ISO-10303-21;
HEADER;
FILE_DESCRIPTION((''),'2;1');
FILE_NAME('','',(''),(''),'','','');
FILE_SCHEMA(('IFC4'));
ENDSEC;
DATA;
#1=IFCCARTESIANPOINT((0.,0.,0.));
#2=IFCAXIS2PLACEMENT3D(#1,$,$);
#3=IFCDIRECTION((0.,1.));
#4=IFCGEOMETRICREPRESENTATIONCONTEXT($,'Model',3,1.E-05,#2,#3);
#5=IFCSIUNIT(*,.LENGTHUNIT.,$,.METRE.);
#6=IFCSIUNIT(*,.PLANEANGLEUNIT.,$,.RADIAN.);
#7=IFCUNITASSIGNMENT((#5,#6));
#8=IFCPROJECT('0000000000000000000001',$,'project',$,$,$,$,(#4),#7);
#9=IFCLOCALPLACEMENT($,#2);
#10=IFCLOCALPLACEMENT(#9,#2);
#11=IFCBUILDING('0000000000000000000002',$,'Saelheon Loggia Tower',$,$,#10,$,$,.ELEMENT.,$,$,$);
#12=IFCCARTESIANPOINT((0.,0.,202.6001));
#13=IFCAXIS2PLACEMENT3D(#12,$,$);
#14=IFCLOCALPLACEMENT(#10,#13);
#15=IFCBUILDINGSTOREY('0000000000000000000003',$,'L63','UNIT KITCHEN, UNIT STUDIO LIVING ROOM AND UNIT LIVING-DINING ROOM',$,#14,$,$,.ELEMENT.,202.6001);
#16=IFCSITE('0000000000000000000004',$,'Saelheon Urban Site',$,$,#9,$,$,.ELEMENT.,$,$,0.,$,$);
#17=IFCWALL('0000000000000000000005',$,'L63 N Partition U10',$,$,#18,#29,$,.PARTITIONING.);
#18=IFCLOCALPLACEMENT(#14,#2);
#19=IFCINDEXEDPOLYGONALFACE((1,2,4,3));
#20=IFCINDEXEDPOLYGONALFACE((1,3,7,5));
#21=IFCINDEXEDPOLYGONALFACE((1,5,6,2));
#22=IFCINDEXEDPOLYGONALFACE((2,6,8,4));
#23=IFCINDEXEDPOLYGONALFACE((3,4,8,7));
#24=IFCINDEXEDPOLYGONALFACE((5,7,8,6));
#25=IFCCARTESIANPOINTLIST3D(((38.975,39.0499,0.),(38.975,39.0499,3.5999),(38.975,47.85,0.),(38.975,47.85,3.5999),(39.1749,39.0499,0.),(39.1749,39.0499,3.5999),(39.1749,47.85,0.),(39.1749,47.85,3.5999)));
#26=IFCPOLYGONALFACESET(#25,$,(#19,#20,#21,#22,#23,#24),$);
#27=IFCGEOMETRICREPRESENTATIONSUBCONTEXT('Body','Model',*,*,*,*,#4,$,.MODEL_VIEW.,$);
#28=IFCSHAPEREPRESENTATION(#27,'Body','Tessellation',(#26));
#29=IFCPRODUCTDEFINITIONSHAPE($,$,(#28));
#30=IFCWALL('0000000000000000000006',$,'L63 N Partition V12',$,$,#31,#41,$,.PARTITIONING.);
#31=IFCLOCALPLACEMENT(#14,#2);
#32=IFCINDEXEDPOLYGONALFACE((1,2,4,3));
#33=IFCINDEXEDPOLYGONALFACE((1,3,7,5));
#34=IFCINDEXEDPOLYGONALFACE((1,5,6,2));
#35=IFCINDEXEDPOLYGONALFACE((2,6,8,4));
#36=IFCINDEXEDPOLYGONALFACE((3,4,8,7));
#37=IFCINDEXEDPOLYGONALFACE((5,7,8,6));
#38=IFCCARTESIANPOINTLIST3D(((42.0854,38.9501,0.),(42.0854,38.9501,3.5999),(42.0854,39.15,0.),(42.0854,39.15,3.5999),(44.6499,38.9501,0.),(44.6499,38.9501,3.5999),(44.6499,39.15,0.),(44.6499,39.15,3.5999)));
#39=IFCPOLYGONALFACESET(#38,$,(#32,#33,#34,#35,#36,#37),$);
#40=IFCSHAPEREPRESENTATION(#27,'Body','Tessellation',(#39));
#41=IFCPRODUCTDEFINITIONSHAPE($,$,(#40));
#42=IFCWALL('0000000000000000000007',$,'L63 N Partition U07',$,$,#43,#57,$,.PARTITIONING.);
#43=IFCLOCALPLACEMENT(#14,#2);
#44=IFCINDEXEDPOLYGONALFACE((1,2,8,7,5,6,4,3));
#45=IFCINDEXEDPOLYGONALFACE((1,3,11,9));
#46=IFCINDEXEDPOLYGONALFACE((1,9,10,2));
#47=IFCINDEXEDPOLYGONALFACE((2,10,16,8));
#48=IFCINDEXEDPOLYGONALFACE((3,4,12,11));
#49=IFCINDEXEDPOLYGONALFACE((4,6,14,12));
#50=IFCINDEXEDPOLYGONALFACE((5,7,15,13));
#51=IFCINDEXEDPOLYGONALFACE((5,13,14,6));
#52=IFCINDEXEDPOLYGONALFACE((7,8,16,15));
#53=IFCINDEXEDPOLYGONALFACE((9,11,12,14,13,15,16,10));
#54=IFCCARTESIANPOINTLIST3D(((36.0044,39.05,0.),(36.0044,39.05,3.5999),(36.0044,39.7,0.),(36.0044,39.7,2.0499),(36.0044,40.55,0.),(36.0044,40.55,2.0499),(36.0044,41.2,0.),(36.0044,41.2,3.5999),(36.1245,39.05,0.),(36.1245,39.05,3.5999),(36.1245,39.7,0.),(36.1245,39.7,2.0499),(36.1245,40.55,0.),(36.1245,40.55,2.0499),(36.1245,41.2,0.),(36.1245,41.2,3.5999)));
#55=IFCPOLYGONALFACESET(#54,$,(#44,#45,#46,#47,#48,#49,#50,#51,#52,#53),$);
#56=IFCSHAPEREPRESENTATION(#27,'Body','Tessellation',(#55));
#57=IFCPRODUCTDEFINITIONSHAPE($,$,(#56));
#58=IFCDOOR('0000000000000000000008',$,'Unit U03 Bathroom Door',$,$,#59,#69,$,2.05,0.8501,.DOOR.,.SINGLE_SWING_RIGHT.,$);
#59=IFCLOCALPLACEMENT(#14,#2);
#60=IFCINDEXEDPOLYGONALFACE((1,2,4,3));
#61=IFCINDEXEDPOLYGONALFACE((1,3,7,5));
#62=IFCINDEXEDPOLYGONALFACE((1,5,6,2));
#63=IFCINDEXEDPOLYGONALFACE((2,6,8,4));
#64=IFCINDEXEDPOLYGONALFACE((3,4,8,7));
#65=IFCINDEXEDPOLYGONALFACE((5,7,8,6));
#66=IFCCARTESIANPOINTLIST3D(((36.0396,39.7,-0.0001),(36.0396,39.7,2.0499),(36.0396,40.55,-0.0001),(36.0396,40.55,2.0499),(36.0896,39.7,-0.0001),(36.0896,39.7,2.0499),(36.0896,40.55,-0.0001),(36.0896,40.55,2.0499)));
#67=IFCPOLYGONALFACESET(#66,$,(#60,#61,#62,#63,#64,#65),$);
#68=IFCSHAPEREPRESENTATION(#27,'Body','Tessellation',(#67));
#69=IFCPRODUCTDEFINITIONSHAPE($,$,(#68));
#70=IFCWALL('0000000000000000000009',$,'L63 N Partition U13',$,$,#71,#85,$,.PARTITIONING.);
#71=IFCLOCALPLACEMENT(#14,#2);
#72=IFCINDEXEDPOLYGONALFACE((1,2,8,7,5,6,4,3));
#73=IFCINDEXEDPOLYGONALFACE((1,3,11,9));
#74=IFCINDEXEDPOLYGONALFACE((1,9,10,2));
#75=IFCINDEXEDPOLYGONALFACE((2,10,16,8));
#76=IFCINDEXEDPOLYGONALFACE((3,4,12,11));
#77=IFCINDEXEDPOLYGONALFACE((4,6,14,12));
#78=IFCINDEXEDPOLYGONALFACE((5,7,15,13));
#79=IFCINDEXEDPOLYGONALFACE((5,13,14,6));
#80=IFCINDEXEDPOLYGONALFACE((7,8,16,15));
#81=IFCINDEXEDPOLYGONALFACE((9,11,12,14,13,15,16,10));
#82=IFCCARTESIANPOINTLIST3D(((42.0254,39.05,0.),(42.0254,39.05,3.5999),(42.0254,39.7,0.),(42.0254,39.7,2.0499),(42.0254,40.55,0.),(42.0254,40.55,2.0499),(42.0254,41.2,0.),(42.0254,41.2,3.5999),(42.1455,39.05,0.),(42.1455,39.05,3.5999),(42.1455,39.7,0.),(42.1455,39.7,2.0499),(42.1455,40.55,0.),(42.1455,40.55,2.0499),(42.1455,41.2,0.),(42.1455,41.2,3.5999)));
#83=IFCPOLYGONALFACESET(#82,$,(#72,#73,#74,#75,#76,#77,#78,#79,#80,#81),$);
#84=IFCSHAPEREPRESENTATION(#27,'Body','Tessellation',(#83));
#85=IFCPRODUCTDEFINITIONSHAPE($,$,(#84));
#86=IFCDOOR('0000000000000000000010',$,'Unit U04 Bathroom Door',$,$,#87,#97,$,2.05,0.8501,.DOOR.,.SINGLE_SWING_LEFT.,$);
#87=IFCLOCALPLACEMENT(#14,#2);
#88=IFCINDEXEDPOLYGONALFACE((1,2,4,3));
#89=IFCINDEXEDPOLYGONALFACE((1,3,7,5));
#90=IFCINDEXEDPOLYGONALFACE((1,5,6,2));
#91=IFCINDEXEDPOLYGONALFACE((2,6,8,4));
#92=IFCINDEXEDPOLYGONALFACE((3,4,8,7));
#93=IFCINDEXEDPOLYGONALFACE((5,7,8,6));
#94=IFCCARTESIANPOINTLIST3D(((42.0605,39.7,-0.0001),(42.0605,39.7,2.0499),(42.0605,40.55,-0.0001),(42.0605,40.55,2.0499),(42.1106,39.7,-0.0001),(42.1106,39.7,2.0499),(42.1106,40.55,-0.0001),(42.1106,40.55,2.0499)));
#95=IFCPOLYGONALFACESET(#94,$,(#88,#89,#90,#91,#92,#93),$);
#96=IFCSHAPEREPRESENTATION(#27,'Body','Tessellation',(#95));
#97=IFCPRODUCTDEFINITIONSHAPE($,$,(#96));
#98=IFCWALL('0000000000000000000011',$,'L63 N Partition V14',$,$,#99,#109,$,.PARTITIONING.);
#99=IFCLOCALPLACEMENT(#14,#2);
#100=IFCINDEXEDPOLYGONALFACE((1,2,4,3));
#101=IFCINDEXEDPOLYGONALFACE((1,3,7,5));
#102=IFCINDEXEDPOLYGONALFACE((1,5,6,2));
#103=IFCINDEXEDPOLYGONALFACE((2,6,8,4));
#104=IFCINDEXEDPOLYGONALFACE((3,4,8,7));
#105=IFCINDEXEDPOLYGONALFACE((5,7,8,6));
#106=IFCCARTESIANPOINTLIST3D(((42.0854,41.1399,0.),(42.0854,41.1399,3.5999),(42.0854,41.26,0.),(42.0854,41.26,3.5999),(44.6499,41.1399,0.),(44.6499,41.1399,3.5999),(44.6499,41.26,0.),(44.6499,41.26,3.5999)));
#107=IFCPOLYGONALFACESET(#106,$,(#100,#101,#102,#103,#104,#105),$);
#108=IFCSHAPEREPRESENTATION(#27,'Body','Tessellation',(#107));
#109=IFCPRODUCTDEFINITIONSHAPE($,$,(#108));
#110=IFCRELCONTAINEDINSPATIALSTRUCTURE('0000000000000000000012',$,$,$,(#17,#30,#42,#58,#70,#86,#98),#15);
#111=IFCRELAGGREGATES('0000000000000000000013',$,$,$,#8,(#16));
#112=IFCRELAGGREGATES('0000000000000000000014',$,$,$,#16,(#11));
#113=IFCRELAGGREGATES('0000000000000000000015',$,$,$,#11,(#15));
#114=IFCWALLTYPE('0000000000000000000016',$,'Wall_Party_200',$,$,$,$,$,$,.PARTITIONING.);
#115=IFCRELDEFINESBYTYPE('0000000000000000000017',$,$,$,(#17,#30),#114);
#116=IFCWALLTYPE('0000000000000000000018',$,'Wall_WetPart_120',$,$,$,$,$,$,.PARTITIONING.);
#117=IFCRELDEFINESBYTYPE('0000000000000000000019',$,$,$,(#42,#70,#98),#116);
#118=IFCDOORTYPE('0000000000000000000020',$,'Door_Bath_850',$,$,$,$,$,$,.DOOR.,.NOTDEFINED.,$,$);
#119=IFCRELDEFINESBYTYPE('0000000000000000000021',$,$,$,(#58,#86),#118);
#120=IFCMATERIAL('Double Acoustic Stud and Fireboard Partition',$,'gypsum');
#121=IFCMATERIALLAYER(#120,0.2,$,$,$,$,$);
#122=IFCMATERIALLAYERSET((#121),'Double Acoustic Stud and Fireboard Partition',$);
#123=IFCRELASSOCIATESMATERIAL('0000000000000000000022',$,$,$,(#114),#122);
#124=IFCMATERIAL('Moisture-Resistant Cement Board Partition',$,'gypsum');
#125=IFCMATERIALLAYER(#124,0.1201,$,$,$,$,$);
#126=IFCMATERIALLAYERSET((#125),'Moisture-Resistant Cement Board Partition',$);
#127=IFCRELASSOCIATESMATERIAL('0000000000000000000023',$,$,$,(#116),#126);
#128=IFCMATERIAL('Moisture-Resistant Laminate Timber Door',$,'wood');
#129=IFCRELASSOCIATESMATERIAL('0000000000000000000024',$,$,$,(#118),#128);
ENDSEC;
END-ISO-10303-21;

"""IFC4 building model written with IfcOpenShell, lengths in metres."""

from ifc_helpers import new_model, si_unit, direction, frame, frame_2d, origin, place, context, subcontext, project, spatial, rectangle, extrude, source, transform, mapped, material, layer, layer_set, type_object, element, fill, save


model = new_model("IFC4")

# Units and contexts
model_context = context("Model", 3, precision=1e-05, world=origin(), true_north=direction((0.0, 1.0)))
body_context = subcontext(model_context, "Body", "Model", "MODEL_VIEW")
ifc_project = project(units=[si_unit("LENGTHUNIT", "METRE"), si_unit("PLANEANGLEUNIT", "RADIAN")], contexts=[model_context])

# Site, building, storey
site_placement = place(None, origin())
site = spatial("IfcSite", under=ifc_project, at=site_placement, Name="Saelheon Urban Site", CompositionType="ELEMENT", RefElevation=0.0)
building_placement = place(site_placement, origin())
building = spatial("IfcBuilding", under=site, at=building_placement, Name="Saelheon Loggia Tower", CompositionType="ELEMENT")
storey_placement = place(building_placement, frame((0.0, 0.0, 202.6001)))
storey = spatial("IfcBuildingStorey", under=building, at=storey_placement, Name="L63", Description="UNIT KITCHEN, UNIT STUDIO LIVING ROOM AND UNIT LIVING-DINING ROOM", CompositionType="ELEMENT", Elevation=202.6001)

# Shared definitions
ifc_material_1 = material(Name="Double Acoustic Stud and Fireboard Partition", Category="gypsum")
ifc_layer_1 = layer(ifc_material_1, 0.2)
ifc_layer_set_1 = layer_set([ifc_layer_1], Name="Double Acoustic Stud and Fireboard Partition")
wall_type_1 = type_object("IfcWallType", Name="Wall_Party_200", PredefinedType="PARTITIONING", material=ifc_layer_set_1)

# Wall
wall_1_placement = place(storey_placement, frame((39.075, 39.05, 0.0), z_axis=(0.0, 0.0, 1.0), x_axis=(0.0, 1.0, 0.0)))
element("IfcWall", 1, at=wall_1_placement, inside=storey, type_object=wall_type_1, Name="L63 N Partition U10", PredefinedType="PARTITIONING", context=body_context, shape_type="SweptSolid", body=[
    extrude(rectangle(XDim=8.8, YDim=0.2, at=frame_2d((4.3999, 0.0))), origin(), (0.0, 0.0, 1.0), 3.5999),
])

# Wall
wall_2_placement = place(storey_placement, frame((42.0854, 39.05, 0.0), z_axis=(0.0, 0.0, 1.0), x_axis=(1.0, 0.0, 0.0)))
element("IfcWall", 2, at=wall_2_placement, inside=storey, type_object=wall_type_1, Name="L63 N Partition V12", PredefinedType="PARTITIONING", context=body_context, shape_type="SweptSolid", body=[
    extrude(rectangle(XDim=2.5645, YDim=0.2, at=frame_2d((1.2822, 0.0))), origin(), (0.0, 0.0, 1.0), 3.5999),
])

# Walls, openings, doors
ifc_material_2 = material(Name="Moisture-Resistant Cement Board Partition", Category="gypsum")
ifc_layer_2 = layer(ifc_material_2, 0.1201)
ifc_layer_set_2 = layer_set([ifc_layer_2], Name="Moisture-Resistant Cement Board Partition")
wall_type_2 = type_object("IfcWallType", Name="Wall_WetPart_120", PredefinedType="PARTITIONING", material=ifc_layer_set_2)
wall_3_placement = place(storey_placement, frame((36.0645, 39.05, 0.0), z_axis=(0.0, 0.0, 1.0), x_axis=(0.0, 1.0, 0.0)))
wall_3 = element("IfcWall", 3, at=wall_3_placement, inside=storey, type_object=wall_type_2, Name="L63 N Partition U07", PredefinedType="PARTITIONING", context=body_context, shape_type="SweptSolid", body=[
    extrude(rectangle(XDim=2.1499, YDim=0.1201, at=frame_2d((1.075, 0.0))), origin(), (0.0, 0.0, 1.0), 3.5999),
])
opening_1_placement = place(wall_3_placement, frame((0.6499, 0.0, 0.0)))
opening_1 = element("IfcOpeningElement", 4, at=opening_1_placement, cuts=wall_3, PredefinedType="OPENING", context=body_context, shape_type="SweptSolid", body=[
    extrude(rectangle(XDim=0.8501, YDim=2.05, at=frame_2d((0.425, 1.0249))), frame((0.0, 0.072, 0.0), z_axis=(0.0, -1.0, 0.0), x_axis=(1.0, 0.0, 0.0)), (0.0, 0.0, 1.0), 0.144),
])
ifc_material_3 = material(Name="Moisture-Resistant Laminate Timber Door", Category="wood")
door_type_1 = type_object("IfcDoorType", Name="Door_Bath_850", OperationType="NOTDEFINED", PredefinedType="DOOR", material=ifc_material_3)
shared_shape_1 = source(origin(), body_context, "Body", "SweptSolid", [
    extrude(rectangle(XDim=0.8501, YDim=2.05, at=frame_2d((0.425, 1.0249))), frame((0.0, 0.0249, 0.0), z_axis=(0.0, -1.0, 0.0), x_axis=(1.0, 0.0, 0.0)), (0.0, 0.0, 1.0), 0.05),
])
door_1_placement = place(opening_1_placement, origin())
door_1 = element("IfcDoor", 5, at=door_1_placement, inside=storey, type_object=door_type_1, Name="Unit U03 Bathroom Door", OperationType="SINGLE_SWING_RIGHT", OverallHeight=2.05, OverallWidth=0.8501, PredefinedType="DOOR", context=body_context, shape_type="MappedRepresentation", body=[
    mapped(shared_shape_1, transform((0.0, 0.0, 0.0), scale=1.0)),
])
fill(opening_1, door_1)
wall_4_placement = place(storey_placement, frame((42.0854, 39.05, 0.0), z_axis=(0.0, 0.0, 1.0), x_axis=(0.0, 1.0, 0.0)))
wall_4 = element("IfcWall", 6, at=wall_4_placement, inside=storey, type_object=wall_type_2, Name="L63 N Partition U13", PredefinedType="PARTITIONING", context=body_context, shape_type="SweptSolid", body=[
    extrude(rectangle(XDim=2.1499, YDim=0.1201, at=frame_2d((1.075, 0.0))), origin(), (0.0, 0.0, 1.0), 3.5999),
])
opening_2_placement = place(wall_4_placement, frame((0.6499, 0.0, 0.0)))
opening_2 = element("IfcOpeningElement", 7, at=opening_2_placement, cuts=wall_4, PredefinedType="OPENING", context=body_context, shape_type="SweptSolid", body=[
    extrude(rectangle(XDim=0.8501, YDim=2.05, at=frame_2d((0.425, 1.0249))), frame((0.0, 0.072, 0.0), z_axis=(0.0, -1.0, 0.0), x_axis=(1.0, 0.0, 0.0)), (0.0, 0.0, 1.0), 0.144),
])
door_2_placement = place(opening_2_placement, origin())
door_2 = element("IfcDoor", 8, at=door_2_placement, inside=storey, type_object=door_type_1, Name="Unit U04 Bathroom Door", OperationType="SINGLE_SWING_LEFT", OverallHeight=2.05, OverallWidth=0.8501, PredefinedType="DOOR", context=body_context, shape_type="MappedRepresentation", body=[
    mapped(shared_shape_1, transform((0.0, 0.0, 0.0), scale=1.0)),
])
fill(opening_2, door_2)

# Wall
wall_5_placement = place(storey_placement, frame((42.0854, 41.2, 0.0), z_axis=(0.0, 0.0, 1.0), x_axis=(1.0, 0.0, 0.0)))
element("IfcWall", 9, at=wall_5_placement, inside=storey, type_object=wall_type_2, Name="L63 N Partition V14", PredefinedType="PARTITIONING", context=body_context, shape_type="SweptSolid", body=[
    extrude(rectangle(XDim=2.5645, YDim=0.1201, at=frame_2d((1.2822, 0.0))), origin(), (0.0, 0.0, 1.0), 3.5999),
])

save(model, "model.ifc")
